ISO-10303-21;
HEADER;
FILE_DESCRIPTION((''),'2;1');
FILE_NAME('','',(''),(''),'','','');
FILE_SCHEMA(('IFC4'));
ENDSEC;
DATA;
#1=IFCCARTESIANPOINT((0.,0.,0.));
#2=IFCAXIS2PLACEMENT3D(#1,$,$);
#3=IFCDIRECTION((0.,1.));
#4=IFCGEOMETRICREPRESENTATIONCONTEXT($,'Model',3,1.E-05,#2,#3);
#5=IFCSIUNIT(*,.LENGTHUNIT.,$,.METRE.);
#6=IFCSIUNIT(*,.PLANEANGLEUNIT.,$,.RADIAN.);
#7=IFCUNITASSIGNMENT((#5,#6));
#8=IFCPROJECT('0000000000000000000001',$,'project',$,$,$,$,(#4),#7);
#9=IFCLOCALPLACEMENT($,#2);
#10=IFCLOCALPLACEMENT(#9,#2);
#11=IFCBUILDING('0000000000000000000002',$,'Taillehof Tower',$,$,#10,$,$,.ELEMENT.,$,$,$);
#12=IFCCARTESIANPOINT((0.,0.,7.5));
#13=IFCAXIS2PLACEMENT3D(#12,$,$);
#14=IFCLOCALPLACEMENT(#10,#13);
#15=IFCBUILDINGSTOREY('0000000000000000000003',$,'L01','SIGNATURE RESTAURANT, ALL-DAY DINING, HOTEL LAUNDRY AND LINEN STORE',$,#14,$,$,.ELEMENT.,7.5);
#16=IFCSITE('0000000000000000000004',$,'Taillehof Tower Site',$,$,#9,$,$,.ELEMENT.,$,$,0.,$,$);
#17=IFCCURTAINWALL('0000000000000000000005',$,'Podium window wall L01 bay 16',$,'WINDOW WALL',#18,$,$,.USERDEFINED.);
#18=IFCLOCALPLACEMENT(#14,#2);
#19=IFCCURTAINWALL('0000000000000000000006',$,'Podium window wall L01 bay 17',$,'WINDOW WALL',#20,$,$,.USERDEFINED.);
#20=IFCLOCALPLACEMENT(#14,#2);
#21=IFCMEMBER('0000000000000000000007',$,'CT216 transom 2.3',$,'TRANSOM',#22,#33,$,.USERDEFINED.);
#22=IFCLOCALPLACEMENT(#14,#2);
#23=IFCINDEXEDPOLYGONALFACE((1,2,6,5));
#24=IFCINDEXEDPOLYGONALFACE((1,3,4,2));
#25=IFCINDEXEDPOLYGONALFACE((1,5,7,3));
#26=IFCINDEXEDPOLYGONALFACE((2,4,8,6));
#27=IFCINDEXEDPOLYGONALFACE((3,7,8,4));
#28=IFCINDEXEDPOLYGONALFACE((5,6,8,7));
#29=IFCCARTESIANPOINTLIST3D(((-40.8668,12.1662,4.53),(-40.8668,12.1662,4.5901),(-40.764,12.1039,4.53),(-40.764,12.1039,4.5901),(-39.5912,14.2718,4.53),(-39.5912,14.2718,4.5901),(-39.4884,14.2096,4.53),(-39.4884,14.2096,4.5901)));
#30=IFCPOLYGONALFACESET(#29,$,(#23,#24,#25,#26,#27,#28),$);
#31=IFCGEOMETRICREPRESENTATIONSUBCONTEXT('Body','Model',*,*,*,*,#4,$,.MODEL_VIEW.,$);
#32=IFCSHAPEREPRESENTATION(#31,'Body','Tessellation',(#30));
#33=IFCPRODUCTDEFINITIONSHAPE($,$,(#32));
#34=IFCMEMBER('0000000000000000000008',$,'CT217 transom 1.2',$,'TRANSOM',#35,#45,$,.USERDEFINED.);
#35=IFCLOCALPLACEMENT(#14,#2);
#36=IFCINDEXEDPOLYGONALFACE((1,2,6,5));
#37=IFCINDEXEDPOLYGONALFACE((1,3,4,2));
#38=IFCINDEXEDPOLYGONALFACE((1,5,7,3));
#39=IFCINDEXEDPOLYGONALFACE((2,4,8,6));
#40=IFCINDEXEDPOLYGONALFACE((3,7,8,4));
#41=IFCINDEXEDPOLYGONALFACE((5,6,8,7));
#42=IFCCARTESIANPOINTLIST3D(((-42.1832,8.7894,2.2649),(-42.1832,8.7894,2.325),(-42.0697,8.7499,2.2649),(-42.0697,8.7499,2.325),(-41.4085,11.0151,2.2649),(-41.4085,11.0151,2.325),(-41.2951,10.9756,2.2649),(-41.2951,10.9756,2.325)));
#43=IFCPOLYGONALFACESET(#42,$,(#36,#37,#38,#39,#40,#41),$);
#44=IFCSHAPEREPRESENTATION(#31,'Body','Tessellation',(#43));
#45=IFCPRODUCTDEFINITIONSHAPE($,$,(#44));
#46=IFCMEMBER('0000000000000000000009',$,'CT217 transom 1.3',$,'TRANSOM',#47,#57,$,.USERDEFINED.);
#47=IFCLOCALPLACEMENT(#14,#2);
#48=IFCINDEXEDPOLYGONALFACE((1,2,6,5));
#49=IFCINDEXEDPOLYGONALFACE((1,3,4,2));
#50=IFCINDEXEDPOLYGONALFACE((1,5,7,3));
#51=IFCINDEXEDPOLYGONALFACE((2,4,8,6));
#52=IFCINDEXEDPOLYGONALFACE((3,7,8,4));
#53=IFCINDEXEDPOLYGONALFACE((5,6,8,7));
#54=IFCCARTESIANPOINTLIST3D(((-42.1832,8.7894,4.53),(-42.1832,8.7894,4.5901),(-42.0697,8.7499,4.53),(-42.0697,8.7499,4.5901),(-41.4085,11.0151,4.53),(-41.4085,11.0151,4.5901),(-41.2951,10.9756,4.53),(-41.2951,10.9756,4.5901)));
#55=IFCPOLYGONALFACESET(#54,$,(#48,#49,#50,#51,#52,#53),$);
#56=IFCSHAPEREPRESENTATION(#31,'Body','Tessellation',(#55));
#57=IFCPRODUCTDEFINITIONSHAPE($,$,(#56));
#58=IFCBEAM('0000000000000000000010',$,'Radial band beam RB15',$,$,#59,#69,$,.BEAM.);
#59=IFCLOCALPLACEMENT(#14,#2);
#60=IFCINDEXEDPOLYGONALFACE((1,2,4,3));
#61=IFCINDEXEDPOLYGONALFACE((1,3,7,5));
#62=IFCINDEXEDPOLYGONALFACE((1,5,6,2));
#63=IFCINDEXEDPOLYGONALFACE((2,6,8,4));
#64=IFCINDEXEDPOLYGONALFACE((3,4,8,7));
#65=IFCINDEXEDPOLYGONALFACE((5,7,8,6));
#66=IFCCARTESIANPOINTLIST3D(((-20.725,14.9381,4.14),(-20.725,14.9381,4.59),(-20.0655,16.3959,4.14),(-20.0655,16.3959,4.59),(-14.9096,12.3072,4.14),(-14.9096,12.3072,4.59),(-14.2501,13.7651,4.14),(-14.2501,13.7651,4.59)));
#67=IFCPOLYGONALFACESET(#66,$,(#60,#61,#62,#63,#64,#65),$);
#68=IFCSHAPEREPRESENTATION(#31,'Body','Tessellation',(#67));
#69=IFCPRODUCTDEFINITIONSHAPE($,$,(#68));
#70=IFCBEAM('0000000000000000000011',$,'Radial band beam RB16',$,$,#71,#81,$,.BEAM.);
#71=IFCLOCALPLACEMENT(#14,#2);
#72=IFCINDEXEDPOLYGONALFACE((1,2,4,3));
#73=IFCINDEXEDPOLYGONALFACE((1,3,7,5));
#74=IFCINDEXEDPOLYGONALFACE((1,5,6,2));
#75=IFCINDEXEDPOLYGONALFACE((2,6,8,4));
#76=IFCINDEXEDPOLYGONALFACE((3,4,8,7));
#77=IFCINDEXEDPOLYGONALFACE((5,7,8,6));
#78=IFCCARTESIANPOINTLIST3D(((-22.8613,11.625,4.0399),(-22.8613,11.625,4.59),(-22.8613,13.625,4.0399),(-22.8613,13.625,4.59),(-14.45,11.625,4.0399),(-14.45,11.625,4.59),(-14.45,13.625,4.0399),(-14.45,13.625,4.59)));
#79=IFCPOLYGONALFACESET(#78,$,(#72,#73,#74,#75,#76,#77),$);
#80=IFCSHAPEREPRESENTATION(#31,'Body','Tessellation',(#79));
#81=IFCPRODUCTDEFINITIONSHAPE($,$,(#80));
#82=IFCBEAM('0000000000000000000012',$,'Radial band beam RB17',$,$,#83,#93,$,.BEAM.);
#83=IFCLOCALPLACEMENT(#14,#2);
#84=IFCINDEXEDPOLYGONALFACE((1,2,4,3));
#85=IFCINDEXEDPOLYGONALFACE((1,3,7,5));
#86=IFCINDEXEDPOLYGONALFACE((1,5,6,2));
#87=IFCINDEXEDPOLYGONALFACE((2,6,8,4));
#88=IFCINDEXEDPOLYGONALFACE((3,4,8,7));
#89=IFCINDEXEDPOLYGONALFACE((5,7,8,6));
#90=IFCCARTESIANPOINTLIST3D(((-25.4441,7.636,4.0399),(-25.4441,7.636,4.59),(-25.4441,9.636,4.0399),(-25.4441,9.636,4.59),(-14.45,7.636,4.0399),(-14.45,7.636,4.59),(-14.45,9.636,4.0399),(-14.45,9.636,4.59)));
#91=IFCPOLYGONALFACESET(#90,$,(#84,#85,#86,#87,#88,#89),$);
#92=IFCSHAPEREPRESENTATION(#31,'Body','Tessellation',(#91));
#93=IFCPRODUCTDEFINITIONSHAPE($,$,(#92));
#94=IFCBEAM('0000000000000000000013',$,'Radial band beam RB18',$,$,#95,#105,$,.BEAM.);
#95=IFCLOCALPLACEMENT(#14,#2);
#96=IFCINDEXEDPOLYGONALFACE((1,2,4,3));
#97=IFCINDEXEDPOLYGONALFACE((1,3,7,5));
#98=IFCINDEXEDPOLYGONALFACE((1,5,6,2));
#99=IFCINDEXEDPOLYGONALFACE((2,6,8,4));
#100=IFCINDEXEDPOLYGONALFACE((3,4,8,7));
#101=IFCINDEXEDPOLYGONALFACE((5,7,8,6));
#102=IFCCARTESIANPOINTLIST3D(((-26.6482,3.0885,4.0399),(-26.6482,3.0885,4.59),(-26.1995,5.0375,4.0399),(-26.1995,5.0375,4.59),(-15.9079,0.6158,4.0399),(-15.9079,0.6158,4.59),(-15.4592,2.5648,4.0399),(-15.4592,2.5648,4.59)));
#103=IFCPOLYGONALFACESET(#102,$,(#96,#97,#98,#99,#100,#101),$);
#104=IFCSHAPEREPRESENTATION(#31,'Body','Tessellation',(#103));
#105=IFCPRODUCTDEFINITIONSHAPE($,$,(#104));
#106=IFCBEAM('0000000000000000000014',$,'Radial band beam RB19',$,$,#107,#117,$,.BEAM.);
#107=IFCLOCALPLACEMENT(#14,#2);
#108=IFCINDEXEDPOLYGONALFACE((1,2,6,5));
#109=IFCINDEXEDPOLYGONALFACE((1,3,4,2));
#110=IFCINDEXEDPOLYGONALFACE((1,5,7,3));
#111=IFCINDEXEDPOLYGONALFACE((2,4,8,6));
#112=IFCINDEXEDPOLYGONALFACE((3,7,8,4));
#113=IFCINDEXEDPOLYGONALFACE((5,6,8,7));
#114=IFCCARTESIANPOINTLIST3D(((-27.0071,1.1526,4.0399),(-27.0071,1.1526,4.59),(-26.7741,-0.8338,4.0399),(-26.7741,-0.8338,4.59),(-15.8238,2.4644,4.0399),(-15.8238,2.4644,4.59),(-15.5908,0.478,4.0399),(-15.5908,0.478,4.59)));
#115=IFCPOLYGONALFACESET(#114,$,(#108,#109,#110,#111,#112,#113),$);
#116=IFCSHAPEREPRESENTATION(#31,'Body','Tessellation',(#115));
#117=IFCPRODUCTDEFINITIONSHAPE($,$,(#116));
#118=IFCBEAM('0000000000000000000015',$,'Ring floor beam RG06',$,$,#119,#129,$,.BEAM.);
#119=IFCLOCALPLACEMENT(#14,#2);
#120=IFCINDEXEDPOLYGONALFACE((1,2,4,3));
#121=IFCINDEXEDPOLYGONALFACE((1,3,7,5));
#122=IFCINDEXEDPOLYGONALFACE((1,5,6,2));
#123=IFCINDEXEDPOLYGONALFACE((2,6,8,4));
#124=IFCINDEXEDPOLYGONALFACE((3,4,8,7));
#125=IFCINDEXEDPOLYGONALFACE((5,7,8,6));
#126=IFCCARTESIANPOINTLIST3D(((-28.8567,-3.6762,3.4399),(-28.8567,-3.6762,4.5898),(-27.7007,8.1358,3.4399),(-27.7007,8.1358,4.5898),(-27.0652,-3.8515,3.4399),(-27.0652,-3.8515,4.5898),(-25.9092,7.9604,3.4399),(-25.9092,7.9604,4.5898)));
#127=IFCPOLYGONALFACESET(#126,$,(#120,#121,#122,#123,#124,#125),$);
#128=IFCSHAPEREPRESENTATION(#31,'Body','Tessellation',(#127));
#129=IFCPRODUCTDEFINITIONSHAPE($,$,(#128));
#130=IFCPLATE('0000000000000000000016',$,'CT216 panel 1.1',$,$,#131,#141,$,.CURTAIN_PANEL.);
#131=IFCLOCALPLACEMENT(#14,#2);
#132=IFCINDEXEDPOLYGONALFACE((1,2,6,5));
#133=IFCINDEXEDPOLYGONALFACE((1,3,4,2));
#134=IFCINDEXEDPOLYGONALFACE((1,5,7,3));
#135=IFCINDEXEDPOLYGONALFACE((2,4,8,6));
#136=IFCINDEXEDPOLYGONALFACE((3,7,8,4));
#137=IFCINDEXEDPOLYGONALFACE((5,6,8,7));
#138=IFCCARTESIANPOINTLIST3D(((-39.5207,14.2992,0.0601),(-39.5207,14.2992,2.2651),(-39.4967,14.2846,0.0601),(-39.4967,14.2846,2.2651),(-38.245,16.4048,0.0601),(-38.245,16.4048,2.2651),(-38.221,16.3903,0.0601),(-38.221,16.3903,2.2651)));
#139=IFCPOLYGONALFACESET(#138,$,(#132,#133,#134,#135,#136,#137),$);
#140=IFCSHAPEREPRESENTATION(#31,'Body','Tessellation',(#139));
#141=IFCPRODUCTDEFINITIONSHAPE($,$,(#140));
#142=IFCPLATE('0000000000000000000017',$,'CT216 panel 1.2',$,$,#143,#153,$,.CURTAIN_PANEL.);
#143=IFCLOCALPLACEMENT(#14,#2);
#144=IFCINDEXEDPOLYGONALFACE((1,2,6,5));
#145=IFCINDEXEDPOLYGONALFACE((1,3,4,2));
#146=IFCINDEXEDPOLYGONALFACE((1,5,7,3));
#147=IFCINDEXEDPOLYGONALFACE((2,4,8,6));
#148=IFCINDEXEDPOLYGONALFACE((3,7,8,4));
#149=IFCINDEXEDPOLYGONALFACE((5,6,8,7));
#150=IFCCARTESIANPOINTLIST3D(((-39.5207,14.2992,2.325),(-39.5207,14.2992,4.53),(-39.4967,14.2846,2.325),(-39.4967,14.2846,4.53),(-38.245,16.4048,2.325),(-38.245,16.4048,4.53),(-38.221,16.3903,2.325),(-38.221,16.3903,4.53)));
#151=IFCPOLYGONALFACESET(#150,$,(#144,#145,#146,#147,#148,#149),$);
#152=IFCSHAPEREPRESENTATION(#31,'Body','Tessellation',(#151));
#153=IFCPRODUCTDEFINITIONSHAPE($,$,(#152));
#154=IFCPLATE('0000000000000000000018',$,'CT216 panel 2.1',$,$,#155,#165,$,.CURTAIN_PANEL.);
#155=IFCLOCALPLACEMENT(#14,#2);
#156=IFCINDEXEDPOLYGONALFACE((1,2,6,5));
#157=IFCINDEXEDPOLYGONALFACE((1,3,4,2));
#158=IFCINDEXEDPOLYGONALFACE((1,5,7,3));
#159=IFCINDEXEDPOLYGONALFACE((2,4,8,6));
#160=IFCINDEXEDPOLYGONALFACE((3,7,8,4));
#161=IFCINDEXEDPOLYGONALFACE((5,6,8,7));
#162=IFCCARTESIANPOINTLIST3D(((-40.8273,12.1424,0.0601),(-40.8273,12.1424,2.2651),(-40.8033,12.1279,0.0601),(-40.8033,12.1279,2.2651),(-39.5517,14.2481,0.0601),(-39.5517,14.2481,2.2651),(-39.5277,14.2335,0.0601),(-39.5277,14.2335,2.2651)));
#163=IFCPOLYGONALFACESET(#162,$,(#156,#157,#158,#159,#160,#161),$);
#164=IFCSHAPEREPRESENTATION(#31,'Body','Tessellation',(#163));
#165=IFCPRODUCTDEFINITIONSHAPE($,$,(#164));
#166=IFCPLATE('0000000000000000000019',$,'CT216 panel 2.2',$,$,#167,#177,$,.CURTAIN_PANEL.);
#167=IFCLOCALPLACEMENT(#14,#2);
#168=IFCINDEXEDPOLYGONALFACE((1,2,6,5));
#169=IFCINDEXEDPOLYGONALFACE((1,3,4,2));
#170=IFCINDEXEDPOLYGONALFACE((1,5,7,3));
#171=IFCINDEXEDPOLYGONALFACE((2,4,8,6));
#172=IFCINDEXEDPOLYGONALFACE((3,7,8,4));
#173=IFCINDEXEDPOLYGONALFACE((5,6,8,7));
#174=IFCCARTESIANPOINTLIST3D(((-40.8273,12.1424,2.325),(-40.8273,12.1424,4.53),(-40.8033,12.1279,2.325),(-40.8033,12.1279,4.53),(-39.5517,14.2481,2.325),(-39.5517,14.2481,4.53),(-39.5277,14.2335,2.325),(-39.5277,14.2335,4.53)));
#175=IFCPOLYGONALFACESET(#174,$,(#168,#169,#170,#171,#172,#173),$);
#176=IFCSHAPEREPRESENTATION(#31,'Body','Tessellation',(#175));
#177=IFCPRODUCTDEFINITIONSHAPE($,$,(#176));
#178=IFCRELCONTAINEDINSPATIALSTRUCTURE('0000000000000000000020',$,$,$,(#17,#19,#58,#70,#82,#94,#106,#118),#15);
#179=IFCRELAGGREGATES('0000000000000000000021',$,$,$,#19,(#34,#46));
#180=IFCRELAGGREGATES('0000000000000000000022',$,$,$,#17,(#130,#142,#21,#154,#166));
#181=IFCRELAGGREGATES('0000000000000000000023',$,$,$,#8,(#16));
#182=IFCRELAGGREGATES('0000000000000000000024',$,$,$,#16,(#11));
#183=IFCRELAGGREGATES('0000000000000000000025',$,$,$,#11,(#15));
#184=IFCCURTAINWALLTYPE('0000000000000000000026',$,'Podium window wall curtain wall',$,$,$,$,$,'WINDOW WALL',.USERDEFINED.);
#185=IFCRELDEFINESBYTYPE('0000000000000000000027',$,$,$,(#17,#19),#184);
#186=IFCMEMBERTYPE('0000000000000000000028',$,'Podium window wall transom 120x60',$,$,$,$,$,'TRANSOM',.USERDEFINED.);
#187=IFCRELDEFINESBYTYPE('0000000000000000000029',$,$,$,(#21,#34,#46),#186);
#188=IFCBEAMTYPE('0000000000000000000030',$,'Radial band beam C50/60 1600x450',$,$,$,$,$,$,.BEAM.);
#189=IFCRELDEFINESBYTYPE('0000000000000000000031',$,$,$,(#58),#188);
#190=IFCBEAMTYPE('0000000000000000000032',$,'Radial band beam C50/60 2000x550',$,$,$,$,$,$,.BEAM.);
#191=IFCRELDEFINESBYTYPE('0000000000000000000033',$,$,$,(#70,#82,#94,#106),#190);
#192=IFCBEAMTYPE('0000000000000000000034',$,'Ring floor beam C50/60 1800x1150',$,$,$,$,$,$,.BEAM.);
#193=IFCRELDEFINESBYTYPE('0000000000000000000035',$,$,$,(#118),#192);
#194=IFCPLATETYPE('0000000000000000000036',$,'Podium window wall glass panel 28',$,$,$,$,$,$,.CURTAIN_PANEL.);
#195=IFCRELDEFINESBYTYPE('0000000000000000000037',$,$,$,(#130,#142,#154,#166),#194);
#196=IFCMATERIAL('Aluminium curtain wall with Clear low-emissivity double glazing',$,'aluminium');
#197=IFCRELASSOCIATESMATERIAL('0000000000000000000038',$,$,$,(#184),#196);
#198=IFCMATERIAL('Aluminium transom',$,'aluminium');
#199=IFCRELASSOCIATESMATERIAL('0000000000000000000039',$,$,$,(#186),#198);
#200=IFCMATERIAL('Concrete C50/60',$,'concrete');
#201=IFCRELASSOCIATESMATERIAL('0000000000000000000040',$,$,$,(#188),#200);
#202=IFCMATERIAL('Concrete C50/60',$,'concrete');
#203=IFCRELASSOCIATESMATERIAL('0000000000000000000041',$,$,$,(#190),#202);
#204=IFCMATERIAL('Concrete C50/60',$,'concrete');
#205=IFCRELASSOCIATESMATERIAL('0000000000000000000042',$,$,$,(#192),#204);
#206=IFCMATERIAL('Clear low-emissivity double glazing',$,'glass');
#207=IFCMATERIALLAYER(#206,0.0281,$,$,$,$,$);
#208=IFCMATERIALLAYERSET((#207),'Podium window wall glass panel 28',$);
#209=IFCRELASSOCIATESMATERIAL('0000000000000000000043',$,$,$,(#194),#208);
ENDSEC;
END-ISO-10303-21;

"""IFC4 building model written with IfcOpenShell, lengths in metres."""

from ifc_helpers import new_model, si_unit, direction, frame, origin, origin_2d, place, context, subcontext, project, spatial, rectangle, extrude, material, layer, layer_set, material_profile, profile_set, type_object, element, aggregate, save


model = new_model("IFC4")

# Units and contexts
model_context = context("Model", 3, precision=1e-05, world=origin(), true_north=direction((0.0, 1.0)))
body_context = subcontext(model_context, "Body", "Model", "MODEL_VIEW")
ifc_project = project(units=[si_unit("LENGTHUNIT", "METRE"), si_unit("PLANEANGLEUNIT", "RADIAN")], contexts=[model_context])

# Site, building, storey
site_placement = place(None, origin())
site = spatial("IfcSite", under=ifc_project, at=site_placement, Name="Taillehof Tower Site", CompositionType="ELEMENT", RefElevation=0.0)
building_placement = place(site_placement, origin())
building = spatial("IfcBuilding", under=site, at=building_placement, Name="Taillehof Tower", CompositionType="ELEMENT")
storey_placement = place(building_placement, frame((0.0, 0.0, 7.5)))
storey = spatial("IfcBuildingStorey", under=building, at=storey_placement, Name="L01", Description="SIGNATURE RESTAURANT, ALL-DAY DINING, HOTEL LAUNDRY AND LINEN STORE", CompositionType="ELEMENT", Elevation=7.5)

# Curtain wall
ifc_material_1 = material(Name="Aluminium curtain wall with Clear low-emissivity double glazing", Category="aluminium")
curtain_wall_type = type_object("IfcCurtainWallType", Name="Podium window wall curtain wall", ElementType="WINDOW WALL", PredefinedType="USERDEFINED", material=ifc_material_1)
curtain_wall_1_placement = place(storey_placement, origin())
curtain_wall_1 = element("IfcCurtainWall", 1, at=curtain_wall_1_placement, inside=storey, type_object=curtain_wall_type, Name="Podium window wall L01 bay 16", ObjectType="WINDOW WALL", PredefinedType="USERDEFINED")

# Curtain wall
curtain_wall_2_placement = place(storey_placement, origin())
curtain_wall_2 = element("IfcCurtainWall", 2, at=curtain_wall_2_placement, inside=storey, type_object=curtain_wall_type, Name="Podium window wall L01 bay 17", ObjectType="WINDOW WALL", PredefinedType="USERDEFINED")

# Members
ifc_material_2 = material(Name="Aluminium transom", Category="aluminium")
ifc_material_profile_1 = material_profile(ifc_material_2, rectangle(XDim=0.1201, YDim=0.0601, at=origin_2d()), Name="AL 120x60")
ifc_profile_set_1 = profile_set([ifc_material_profile_1], Name="Aluminium transom")
member_type_1 = type_object("IfcMemberType", Name="Podium window wall transom 120x60", ElementType="TRANSOM", PredefinedType="USERDEFINED", material=ifc_profile_set_1)
member_1_placement = place(storey_placement, frame((-39.5398, 14.2407, 4.5601), z_axis=(-0.518137, -0.855298, 0.0), x_axis=(0.855298, -0.518137, 0.0)))
member_1 = element("IfcMember", 3, at=member_1_placement, type_object=member_type_1, Name="CT216 transom 2.3", ObjectType="TRANSOM", PredefinedType="USERDEFINED", context=body_context, shape_type="SweptSolid", body=[
    extrude(rectangle(XDim=0.1201, YDim=0.0601, at=origin_2d()), origin(), (0.0, 0.0, 1.0), 2.4619),
])
member_2_placement = place(storey_placement, frame((-41.3518, 10.9954, 2.2949), z_axis=(-0.328693, -0.944437, 0.0), x_axis=(0.944437, -0.328693, 0.0)))
member_2 = element("IfcMember", 4, at=member_2_placement, type_object=member_type_1, Name="CT217 transom 1.2", ObjectType="TRANSOM", PredefinedType="USERDEFINED", context=body_context, shape_type="SweptSolid", body=[
    extrude(rectangle(XDim=0.1201, YDim=0.0601, at=origin_2d()), origin(), (0.0, 0.0, 1.0), 2.3567),
])
member_3_placement = place(storey_placement, frame((-41.3518, 10.9954, 4.5601), z_axis=(-0.328693, -0.944437, 0.0), x_axis=(0.944437, -0.328693, 0.0)))
member_3 = element("IfcMember", 5, at=member_3_placement, type_object=member_type_1, Name="CT217 transom 1.3", ObjectType="TRANSOM", PredefinedType="USERDEFINED", context=body_context, shape_type="SweptSolid", body=[
    extrude(rectangle(XDim=0.1201, YDim=0.0601, at=origin_2d()), origin(), (0.0, 0.0, 1.0), 2.3567),
])
aggregate(curtain_wall_2, [member_2, member_3])

# Beams
ifc_material_3 = material(Name="Concrete C50/60", Category="concrete")
ifc_material_profile_2 = material_profile(ifc_material_3, rectangle(XDim=1.6001, YDim=0.45, at=origin_2d()), Name="RC 1600x450")
ifc_profile_set_2 = profile_set([ifc_material_profile_2], Name="Concrete C50/60")
beam_type_1 = type_object("IfcBeamType", Name="Radial band beam C50/60 1600x450", PredefinedType="BEAM", material=ifc_profile_set_2)
beam_1_placement = place(storey_placement, frame((-20.3953, 15.667, 4.365), z_axis=(0.911104, -0.412177, 0.0), x_axis=(0.412177, 0.911104, 0.0)))
element("IfcBeam", 6, at=beam_1_placement, inside=storey, type_object=beam_type_1, Name="Radial band beam RB15", PredefinedType="BEAM", context=body_context, shape_type="SweptSolid", body=[
    extrude(rectangle(XDim=1.6001, YDim=0.45, at=origin_2d()), origin(), (0.0, 0.0, 1.0), 6.3828),
])
ifc_material_4 = material(Name="Concrete C50/60", Category="concrete")
ifc_material_profile_3 = material_profile(ifc_material_4, rectangle(XDim=2.0, YDim=0.55, at=origin_2d()), Name="RC 2000x550")
ifc_profile_set_3 = profile_set([ifc_material_profile_3], Name="Concrete C50/60")
beam_type_2 = type_object("IfcBeamType", Name="Radial band beam C50/60 2000x550", PredefinedType="BEAM", material=ifc_profile_set_3)
beam_2_placement = place(storey_placement, frame((-22.8613, 12.625, 4.3149), z_axis=(1.0, 0.0, 0.0), x_axis=(0.0, 1.0, 0.0)))
element("IfcBeam", 7, at=beam_2_placement, inside=storey, type_object=beam_type_2, Name="Radial band beam RB16", PredefinedType="BEAM", context=body_context, shape_type="SweptSolid", body=[
    extrude(rectangle(XDim=2.0, YDim=0.55, at=origin_2d()), origin(), (0.0, 0.0, 1.0), 8.4114),
])
beam_3_placement = place(storey_placement, frame((-25.4441, 8.636, 4.3149), z_axis=(1.0, 0.0, 0.0), x_axis=(0.0, 1.0, 0.0)))
element("IfcBeam", 8, at=beam_3_placement, inside=storey, type_object=beam_type_2, Name="Radial band beam RB17", PredefinedType="BEAM", context=body_context, shape_type="SweptSolid", body=[
    extrude(rectangle(XDim=2.0, YDim=0.55, at=origin_2d()), origin(), (0.0, 0.0, 1.0), 10.9941),
])
beam_4_placement = place(storey_placement, frame((-26.4238, 4.063, 4.3149), z_axis=(0.974508, -0.224355, 0.0), x_axis=(0.224355, 0.974508, 0.0)))
element("IfcBeam", 9, at=beam_4_placement, inside=storey, type_object=beam_type_2, Name="Radial band beam RB18", PredefinedType="BEAM", context=body_context, shape_type="SweptSolid", body=[
    extrude(rectangle(XDim=2.0, YDim=0.55, at=origin_2d()), origin(), (0.0, 0.0, 1.0), 11.0212),
])
beam_5_placement = place(storey_placement, frame((-26.8906, 0.1594, 4.3149), z_axis=(0.993191, 0.116498, 0.0), x_axis=(-0.116498, 0.993191, 0.0)))
element("IfcBeam", 10, at=beam_5_placement, inside=storey, type_object=beam_type_2, Name="Radial band beam RB19", PredefinedType="BEAM", context=body_context, shape_type="SweptSolid", body=[
    extrude(rectangle(XDim=2.0, YDim=0.55, at=origin_2d()), origin(), (0.0, 0.0, 1.0), 11.26),
])
ifc_material_5 = material(Name="Concrete C50/60", Category="concrete")
ifc_material_profile_4 = material_profile(ifc_material_5, rectangle(XDim=1.8, YDim=1.1499, at=origin_2d()), Name="RC 1800x1150")
ifc_profile_set_4 = profile_set([ifc_material_profile_4], Name="Concrete C50/60")
beam_type_3 = type_object("IfcBeamType", Name="Ring floor beam C50/60 1800x1150", PredefinedType="BEAM", material=ifc_profile_set_4)
beam_6_placement = place(storey_placement, frame((-26.8049, 8.0481, 4.0149), z_axis=(-0.097402, -0.995245, 0.0), x_axis=(0.995245, -0.097402, 0.0)))
element("IfcBeam", 11, at=beam_6_placement, inside=storey, type_object=beam_type_3, Name="Ring floor beam RG06", PredefinedType="BEAM", context=body_context, shape_type="SweptSolid", body=[
    extrude(rectangle(XDim=1.8, YDim=1.1499, at=origin_2d()), origin(), (0.0, 0.0, 1.0), 11.8684),
])

# Plates
ifc_material_6 = material(Name="Clear low-emissivity double glazing", Category="glass")
ifc_layer_1 = layer(ifc_material_6, 0.0281)
ifc_layer_set_1 = layer_set([ifc_layer_1], Name="Podium window wall glass panel 28")
plate_type = type_object("IfcPlateType", Name="Podium window wall glass panel 28", PredefinedType="CURTAIN_PANEL", material=ifc_layer_set_1)
plate_1_placement = place(storey_placement, frame((-38.8708, 15.3447, 0.0601), z_axis=(0.0, 0.0, 1.0), x_axis=(-0.518151, -0.855289, 0.0)))
plate_1 = element("IfcPlate", 12, at=plate_1_placement, type_object=plate_type, Name="CT216 panel 1.1", PredefinedType="CURTAIN_PANEL", context=body_context, shape_type="SweptSolid", body=[
    extrude(rectangle(XDim=2.4619, YDim=0.0281, at=origin_2d()), origin(), (0.0, 0.0, 1.0), 2.2051),
])
plate_2_placement = place(storey_placement, frame((-38.8708, 15.3447, 2.325), z_axis=(0.0, 0.0, 1.0), x_axis=(-0.518151, -0.855289, 0.0)))
plate_2 = element("IfcPlate", 13, at=plate_2_placement, type_object=plate_type, Name="CT216 panel 1.2", PredefinedType="CURTAIN_PANEL", context=body_context, shape_type="SweptSolid", body=[
    extrude(rectangle(XDim=2.4619, YDim=0.0281, at=origin_2d()), origin(), (0.0, 0.0, 1.0), 2.2051),
])
plate_3_placement = place(storey_placement, frame((-40.1775, 13.188, 0.0601), z_axis=(0.0, 0.0, 1.0), x_axis=(-0.518151, -0.855289, 0.0)))
plate_3 = element("IfcPlate", 14, at=plate_3_placement, type_object=plate_type, Name="CT216 panel 2.1", PredefinedType="CURTAIN_PANEL", context=body_context, shape_type="SweptSolid", body=[
    extrude(rectangle(XDim=2.4619, YDim=0.0281, at=origin_2d()), origin(), (0.0, 0.0, 1.0), 2.2051),
])
plate_4_placement = place(storey_placement, frame((-40.1775, 13.188, 2.325), z_axis=(0.0, 0.0, 1.0), x_axis=(-0.518151, -0.855289, 0.0)))
plate_4 = element("IfcPlate", 15, at=plate_4_placement, type_object=plate_type, Name="CT216 panel 2.2", PredefinedType="CURTAIN_PANEL", context=body_context, shape_type="SweptSolid", body=[
    extrude(rectangle(XDim=2.4619, YDim=0.0281, at=origin_2d()), origin(), (0.0, 0.0, 1.0), 2.2051),
])
aggregate(curtain_wall_1, [plate_1, plate_2, member_1, plate_3, plate_4])

save(model, "model.ifc")
